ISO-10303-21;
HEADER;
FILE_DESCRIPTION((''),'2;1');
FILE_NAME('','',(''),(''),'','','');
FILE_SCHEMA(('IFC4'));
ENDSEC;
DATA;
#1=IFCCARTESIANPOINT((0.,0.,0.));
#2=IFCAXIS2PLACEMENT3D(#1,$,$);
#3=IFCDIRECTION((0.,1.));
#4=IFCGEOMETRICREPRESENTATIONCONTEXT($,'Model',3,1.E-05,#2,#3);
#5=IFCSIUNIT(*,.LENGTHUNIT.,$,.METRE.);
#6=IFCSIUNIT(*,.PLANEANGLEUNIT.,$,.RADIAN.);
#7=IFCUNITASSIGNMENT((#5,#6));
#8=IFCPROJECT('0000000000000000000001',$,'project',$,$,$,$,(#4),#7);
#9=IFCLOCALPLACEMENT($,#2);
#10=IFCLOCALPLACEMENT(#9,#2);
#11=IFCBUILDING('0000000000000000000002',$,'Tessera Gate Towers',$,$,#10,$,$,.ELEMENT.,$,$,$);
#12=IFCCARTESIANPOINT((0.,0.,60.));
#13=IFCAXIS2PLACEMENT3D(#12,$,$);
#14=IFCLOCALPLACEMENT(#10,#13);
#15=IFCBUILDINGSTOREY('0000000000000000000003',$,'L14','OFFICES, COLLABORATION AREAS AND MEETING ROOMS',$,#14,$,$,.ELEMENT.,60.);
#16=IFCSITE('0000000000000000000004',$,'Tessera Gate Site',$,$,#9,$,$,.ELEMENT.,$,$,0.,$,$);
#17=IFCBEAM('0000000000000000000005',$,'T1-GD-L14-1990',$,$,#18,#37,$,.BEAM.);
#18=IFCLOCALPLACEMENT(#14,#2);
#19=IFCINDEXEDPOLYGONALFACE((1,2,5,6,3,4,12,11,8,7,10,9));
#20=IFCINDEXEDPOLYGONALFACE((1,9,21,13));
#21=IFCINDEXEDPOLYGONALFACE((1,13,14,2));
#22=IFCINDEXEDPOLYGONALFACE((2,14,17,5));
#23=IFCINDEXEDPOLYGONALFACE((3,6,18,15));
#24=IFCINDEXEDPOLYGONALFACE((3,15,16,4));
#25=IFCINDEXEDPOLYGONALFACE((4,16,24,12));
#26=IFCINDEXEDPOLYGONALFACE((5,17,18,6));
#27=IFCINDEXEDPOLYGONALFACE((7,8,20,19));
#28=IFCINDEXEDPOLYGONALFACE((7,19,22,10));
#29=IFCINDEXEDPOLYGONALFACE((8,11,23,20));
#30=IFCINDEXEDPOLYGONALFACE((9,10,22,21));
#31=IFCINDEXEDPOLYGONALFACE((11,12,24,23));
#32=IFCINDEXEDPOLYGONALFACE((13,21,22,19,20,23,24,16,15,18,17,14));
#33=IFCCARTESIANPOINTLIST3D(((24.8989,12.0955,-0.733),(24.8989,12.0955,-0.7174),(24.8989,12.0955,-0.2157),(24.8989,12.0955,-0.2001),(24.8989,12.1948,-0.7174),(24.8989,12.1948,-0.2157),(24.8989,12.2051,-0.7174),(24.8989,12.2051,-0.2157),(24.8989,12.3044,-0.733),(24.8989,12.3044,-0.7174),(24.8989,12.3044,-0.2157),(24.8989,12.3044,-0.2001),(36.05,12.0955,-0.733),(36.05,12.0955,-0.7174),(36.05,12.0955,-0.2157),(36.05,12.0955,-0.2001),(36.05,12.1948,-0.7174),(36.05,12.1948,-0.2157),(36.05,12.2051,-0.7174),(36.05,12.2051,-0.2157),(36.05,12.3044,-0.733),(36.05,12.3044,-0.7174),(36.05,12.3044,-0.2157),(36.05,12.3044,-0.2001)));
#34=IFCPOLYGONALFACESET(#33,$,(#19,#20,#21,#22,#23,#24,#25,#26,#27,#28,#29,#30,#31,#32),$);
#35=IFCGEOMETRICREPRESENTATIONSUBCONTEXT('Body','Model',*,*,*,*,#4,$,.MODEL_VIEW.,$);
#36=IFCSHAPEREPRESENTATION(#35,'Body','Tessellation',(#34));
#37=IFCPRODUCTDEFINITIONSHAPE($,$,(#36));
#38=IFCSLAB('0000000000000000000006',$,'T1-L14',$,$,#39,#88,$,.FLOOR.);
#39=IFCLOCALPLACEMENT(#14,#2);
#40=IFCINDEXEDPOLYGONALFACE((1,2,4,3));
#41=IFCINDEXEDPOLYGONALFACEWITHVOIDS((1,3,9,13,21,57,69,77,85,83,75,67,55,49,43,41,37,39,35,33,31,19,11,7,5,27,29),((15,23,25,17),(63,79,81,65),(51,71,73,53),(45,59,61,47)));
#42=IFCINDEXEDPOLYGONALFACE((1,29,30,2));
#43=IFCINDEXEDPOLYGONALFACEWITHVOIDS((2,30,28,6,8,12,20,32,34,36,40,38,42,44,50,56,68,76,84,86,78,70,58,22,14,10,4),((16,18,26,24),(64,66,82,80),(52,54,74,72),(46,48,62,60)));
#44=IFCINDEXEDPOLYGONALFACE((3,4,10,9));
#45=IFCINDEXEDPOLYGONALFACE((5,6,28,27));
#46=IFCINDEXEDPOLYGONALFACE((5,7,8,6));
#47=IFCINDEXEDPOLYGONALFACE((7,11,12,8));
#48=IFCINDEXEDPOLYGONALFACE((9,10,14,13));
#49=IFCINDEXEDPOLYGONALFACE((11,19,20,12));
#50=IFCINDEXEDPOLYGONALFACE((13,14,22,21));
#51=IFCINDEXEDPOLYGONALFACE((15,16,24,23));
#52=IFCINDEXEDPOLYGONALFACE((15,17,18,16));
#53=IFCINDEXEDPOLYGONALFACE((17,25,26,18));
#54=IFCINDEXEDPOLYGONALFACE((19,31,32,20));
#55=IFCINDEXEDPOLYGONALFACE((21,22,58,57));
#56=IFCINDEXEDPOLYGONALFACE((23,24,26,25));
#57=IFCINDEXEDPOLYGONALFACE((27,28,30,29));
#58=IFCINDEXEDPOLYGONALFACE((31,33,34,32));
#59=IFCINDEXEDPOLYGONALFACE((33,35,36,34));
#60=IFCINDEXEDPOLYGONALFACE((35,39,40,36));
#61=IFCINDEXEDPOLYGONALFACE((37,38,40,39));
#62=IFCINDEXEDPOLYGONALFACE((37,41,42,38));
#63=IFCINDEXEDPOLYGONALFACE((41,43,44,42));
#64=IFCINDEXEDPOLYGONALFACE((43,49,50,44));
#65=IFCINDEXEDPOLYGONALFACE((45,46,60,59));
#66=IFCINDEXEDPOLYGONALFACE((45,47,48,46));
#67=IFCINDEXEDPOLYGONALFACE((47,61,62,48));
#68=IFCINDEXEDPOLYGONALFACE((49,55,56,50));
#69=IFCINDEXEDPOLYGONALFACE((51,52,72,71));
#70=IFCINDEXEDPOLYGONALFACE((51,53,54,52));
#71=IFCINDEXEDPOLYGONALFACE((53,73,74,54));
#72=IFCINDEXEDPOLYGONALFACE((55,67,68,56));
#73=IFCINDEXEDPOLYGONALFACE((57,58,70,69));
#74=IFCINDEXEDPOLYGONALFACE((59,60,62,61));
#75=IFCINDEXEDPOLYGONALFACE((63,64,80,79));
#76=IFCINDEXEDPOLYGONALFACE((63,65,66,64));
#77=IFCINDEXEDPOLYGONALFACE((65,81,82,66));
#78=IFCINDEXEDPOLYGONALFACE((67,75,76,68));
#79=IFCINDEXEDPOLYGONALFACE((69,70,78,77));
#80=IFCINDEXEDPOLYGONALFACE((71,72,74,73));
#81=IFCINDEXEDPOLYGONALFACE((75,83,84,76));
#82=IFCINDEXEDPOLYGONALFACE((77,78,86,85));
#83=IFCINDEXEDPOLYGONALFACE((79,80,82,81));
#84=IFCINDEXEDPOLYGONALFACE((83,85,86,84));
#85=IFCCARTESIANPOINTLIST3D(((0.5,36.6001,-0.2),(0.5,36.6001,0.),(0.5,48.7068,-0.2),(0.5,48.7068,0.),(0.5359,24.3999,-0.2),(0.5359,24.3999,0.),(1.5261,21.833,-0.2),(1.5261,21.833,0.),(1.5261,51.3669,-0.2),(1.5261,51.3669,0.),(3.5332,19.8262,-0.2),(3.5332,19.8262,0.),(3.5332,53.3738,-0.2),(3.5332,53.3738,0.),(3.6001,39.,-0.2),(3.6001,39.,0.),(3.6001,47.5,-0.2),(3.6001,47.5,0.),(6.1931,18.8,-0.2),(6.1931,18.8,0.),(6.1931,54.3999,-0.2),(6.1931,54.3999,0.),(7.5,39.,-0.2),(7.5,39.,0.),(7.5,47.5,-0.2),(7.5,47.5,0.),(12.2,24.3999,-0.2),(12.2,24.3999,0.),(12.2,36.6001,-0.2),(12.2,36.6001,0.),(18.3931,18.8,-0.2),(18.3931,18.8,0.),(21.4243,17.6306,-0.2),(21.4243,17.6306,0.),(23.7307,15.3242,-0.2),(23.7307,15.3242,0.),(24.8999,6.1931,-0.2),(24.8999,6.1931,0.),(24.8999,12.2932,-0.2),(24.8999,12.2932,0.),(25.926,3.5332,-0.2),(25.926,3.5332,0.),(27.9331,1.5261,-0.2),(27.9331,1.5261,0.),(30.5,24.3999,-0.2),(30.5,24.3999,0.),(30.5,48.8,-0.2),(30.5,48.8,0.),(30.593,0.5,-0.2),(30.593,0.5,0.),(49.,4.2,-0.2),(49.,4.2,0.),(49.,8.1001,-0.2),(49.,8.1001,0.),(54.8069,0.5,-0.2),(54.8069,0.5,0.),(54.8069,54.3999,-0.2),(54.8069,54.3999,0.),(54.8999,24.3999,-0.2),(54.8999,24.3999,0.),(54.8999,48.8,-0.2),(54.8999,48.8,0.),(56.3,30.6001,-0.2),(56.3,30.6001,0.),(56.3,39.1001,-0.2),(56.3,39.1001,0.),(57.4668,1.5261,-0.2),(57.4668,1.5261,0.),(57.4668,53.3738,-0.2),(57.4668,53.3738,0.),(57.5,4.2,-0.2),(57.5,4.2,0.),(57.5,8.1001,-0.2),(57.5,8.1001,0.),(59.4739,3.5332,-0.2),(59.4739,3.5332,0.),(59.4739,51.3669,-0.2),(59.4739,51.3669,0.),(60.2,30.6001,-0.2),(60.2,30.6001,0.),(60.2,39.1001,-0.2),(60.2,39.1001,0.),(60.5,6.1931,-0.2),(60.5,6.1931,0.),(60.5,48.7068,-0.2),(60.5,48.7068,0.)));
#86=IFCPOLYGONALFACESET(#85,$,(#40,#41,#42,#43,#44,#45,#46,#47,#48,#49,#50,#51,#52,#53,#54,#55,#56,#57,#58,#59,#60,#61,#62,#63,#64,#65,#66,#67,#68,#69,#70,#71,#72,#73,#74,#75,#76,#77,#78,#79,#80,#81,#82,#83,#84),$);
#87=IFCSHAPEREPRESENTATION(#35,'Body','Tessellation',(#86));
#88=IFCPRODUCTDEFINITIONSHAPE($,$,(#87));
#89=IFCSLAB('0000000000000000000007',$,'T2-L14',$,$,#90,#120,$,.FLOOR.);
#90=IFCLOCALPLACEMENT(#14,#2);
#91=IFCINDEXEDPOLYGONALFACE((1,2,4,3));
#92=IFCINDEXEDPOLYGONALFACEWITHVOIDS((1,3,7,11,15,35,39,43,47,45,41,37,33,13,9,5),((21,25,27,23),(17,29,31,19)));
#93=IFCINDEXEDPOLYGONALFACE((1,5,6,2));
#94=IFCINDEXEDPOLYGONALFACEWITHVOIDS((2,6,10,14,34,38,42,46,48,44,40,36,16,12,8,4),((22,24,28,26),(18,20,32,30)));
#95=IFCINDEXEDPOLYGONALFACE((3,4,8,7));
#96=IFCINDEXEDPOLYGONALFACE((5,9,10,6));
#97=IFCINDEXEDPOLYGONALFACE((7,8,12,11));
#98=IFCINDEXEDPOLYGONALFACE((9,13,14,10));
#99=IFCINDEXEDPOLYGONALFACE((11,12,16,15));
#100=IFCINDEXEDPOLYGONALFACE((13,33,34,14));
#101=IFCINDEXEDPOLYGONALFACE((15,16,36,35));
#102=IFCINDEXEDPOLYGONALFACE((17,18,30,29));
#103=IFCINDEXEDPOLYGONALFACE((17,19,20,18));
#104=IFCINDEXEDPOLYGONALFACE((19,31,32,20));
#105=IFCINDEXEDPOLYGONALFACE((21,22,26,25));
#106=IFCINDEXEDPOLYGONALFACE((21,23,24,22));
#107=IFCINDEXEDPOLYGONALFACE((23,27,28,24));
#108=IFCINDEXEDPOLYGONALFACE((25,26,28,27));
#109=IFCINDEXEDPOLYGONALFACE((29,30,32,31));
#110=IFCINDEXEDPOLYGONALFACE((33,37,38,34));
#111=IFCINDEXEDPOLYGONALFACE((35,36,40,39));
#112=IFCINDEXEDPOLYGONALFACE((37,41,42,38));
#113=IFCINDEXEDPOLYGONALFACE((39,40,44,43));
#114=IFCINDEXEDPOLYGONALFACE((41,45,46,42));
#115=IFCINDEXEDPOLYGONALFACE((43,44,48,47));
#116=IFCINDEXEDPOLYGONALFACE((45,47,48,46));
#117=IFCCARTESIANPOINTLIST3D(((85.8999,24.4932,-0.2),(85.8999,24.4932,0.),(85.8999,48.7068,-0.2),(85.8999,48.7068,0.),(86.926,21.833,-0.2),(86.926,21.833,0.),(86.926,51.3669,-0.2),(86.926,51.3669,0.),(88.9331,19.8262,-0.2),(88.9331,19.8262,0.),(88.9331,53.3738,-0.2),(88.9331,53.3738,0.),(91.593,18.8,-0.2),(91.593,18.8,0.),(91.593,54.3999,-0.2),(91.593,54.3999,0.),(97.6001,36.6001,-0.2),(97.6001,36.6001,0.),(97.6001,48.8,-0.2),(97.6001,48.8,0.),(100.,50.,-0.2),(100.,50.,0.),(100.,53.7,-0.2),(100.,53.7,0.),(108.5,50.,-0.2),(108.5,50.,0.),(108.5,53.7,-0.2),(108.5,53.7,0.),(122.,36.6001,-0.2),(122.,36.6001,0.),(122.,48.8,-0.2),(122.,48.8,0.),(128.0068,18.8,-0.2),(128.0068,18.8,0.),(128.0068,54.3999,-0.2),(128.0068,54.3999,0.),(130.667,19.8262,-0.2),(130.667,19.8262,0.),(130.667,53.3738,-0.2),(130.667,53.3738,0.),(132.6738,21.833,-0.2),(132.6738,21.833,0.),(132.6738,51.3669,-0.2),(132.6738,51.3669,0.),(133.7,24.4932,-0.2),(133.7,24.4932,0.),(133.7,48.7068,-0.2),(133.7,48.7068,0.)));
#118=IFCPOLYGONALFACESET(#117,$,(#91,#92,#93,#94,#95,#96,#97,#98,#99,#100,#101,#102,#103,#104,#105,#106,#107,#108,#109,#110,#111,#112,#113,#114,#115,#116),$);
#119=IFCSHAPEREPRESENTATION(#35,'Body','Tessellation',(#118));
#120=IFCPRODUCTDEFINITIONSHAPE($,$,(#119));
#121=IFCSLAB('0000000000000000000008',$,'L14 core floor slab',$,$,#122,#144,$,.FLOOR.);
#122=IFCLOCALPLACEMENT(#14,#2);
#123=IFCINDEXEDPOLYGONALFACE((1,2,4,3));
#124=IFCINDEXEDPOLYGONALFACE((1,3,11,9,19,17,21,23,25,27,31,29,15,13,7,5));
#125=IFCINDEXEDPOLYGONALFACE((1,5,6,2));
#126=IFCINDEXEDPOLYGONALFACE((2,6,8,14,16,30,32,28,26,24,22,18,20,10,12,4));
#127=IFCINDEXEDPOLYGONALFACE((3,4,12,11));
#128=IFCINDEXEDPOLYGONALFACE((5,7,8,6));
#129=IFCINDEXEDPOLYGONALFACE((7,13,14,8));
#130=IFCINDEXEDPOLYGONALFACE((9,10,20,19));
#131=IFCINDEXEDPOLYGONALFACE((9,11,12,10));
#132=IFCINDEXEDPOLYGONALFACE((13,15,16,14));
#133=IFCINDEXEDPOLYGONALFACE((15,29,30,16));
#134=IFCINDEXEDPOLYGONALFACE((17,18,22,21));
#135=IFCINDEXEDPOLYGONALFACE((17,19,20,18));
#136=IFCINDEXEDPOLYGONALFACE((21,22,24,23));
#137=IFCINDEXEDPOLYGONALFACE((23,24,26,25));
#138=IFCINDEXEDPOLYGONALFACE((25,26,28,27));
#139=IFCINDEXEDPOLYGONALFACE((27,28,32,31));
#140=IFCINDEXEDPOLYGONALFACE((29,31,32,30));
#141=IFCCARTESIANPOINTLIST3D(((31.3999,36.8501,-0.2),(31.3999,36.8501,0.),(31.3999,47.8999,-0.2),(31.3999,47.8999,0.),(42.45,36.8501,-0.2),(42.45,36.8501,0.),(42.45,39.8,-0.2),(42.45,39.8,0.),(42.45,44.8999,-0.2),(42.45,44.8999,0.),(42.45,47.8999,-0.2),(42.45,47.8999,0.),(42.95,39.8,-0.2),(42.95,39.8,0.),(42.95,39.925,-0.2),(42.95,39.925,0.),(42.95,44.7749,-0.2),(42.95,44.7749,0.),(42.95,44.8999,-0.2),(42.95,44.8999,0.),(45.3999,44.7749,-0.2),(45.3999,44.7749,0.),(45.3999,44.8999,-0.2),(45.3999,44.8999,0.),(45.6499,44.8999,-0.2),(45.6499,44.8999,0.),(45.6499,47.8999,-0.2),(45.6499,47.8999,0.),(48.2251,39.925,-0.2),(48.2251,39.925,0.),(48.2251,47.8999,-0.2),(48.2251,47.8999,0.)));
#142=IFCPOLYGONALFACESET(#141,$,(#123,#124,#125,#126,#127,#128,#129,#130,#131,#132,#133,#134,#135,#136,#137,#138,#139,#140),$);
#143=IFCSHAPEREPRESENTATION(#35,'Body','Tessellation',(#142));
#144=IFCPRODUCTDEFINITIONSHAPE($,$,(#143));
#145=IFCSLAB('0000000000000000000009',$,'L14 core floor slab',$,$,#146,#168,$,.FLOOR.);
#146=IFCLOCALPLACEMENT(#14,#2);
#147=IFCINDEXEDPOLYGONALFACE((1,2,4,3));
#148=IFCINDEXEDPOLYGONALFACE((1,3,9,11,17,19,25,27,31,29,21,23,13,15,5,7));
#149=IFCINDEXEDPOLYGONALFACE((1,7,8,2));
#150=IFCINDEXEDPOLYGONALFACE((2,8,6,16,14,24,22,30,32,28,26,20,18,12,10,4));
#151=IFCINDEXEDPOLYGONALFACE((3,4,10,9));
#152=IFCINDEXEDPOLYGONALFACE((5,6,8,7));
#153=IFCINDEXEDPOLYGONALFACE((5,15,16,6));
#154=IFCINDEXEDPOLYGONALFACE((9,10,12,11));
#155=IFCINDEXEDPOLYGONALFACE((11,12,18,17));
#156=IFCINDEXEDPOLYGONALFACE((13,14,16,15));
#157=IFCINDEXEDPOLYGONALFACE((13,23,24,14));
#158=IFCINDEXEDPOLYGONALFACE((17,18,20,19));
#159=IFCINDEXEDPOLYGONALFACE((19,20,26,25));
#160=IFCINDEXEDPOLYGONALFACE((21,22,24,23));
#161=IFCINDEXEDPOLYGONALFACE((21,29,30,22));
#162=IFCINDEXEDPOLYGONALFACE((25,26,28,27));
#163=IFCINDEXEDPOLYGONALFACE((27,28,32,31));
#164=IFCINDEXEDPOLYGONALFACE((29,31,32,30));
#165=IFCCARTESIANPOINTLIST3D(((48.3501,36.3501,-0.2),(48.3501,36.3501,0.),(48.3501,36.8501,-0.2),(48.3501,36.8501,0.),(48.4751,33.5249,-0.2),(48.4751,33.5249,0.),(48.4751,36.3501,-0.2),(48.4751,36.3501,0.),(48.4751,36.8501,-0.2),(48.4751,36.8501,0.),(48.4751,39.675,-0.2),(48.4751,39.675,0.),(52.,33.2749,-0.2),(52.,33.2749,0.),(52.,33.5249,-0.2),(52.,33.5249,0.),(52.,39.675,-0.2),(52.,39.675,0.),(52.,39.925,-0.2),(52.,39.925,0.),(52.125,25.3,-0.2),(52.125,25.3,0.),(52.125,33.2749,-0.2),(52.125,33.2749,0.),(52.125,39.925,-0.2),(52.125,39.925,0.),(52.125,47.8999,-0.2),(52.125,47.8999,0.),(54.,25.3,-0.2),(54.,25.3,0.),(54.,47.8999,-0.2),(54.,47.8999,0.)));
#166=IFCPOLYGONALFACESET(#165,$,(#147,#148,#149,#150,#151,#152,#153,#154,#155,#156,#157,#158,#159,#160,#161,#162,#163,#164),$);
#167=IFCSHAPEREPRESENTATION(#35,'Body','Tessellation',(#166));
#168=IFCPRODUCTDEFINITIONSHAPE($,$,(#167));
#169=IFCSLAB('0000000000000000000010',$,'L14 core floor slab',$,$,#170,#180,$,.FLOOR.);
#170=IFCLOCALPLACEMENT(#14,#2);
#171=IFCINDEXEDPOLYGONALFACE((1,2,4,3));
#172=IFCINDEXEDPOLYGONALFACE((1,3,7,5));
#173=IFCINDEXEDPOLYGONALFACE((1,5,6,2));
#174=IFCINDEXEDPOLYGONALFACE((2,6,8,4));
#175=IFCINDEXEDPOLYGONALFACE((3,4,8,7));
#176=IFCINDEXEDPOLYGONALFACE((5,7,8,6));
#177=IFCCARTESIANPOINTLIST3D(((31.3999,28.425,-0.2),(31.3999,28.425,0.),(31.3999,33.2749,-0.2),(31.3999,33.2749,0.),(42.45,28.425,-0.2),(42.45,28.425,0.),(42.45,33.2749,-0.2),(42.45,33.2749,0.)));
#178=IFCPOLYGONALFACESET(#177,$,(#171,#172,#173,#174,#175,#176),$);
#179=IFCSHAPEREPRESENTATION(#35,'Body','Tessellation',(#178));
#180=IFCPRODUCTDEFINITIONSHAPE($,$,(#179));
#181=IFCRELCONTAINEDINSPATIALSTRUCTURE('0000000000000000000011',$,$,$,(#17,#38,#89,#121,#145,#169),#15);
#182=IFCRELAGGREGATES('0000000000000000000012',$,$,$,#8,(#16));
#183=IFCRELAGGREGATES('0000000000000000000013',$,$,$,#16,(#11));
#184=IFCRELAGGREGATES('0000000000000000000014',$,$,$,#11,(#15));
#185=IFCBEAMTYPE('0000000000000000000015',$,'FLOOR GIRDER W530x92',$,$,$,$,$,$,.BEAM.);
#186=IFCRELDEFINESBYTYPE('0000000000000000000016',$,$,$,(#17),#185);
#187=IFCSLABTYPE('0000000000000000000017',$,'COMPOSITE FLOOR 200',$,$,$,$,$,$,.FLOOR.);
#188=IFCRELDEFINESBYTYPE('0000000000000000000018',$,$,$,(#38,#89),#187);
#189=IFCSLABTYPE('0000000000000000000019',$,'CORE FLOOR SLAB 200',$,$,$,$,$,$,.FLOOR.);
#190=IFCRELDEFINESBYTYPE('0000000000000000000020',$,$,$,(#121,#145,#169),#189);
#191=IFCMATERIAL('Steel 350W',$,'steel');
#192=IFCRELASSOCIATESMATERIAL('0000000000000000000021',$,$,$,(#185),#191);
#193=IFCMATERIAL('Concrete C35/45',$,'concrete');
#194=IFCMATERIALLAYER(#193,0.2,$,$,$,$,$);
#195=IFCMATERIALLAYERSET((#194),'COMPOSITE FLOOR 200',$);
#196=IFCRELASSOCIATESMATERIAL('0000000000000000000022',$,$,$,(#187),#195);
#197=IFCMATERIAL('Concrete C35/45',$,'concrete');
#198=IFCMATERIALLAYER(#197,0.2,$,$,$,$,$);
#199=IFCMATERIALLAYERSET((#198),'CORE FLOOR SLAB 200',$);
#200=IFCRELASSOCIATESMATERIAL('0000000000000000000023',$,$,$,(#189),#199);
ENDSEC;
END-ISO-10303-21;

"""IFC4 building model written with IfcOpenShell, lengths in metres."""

from ifc_helpers import new_model, si_unit, direction, frame, origin, origin_2d, place, context, subcontext, project, spatial, polyline, i_section, outline, extrude, material, layer, layer_set, material_profile, profile_set, type_object, element, save


model = new_model("IFC4")

# Units and contexts
model_context = context("Model", 3, precision=1e-05, world=origin(), true_north=direction((0.0, 1.0)))
body_context = subcontext(model_context, "Body", "Model", "MODEL_VIEW")
ifc_project = project(units=[si_unit("LENGTHUNIT", "METRE"), si_unit("PLANEANGLEUNIT", "RADIAN")], contexts=[model_context])

# Site, building, storey
site_placement = place(None, origin())
site = spatial("IfcSite", under=ifc_project, at=site_placement, Name="Tessera Gate Site", CompositionType="ELEMENT", RefElevation=0.0)
building_placement = place(site_placement, origin())
building = spatial("IfcBuilding", under=site, at=building_placement, Name="Tessera Gate Towers", CompositionType="ELEMENT")
storey_placement = place(building_placement, frame((0.0, 0.0, 60.0)))
storey = spatial("IfcBuildingStorey", under=building, at=storey_placement, Name="L14", Description="OFFICES, COLLABORATION AREAS AND MEETING ROOMS", CompositionType="ELEMENT", Elevation=60.0)

# Beam
ifc_material_1 = material(Name="Steel 350W", Category="steel")
ifc_material_profile = material_profile(ifc_material_1, i_section(OverallWidth=0.209, OverallDepth=0.533, WebThickness=0.0103, FlangeThickness=0.0156, at=origin_2d()), Name="W530x92")
ifc_profile_set = profile_set([ifc_material_profile], Name="Steel 350W")
beam_type = type_object("IfcBeamType", Name="FLOOR GIRDER W530x92", PredefinedType="BEAM", material=ifc_profile_set)
beam_placement = place(storey_placement, frame((24.8989, 12.2, -0.4666), z_axis=(1.0, 0.0, 0.0), x_axis=(0.0, 1.0, 0.0)))
element("IfcBeam", 1, at=beam_placement, inside=storey, type_object=beam_type, Name="T1-GD-L14-1990", PredefinedType="BEAM", context=body_context, shape_type="SweptSolid", body=[
    extrude(i_section(OverallWidth=0.209, OverallDepth=0.533, WebThickness=0.0103, FlangeThickness=0.0156, at=origin_2d()), origin(), (0.0, 0.0, 1.0), 11.1511),
])

# Slabs
ifc_material_2 = material(Name="Concrete C35/45", Category="concrete")
ifc_layer_1 = layer(ifc_material_2, 0.2)
ifc_layer_set_1 = layer_set([ifc_layer_1], Name="COMPOSITE FLOOR 200")
slab_type_1 = type_object("IfcSlabType", Name="COMPOSITE FLOOR 200", PredefinedType="FLOOR", material=ifc_layer_set_1)
slab_1_placement = place(storey_placement, frame((0.0, 0.0, -0.2)))
element("IfcSlab", 2, at=slab_1_placement, inside=storey, type_object=slab_type_1, Name="T1-L14", PredefinedType="FLOOR", context=body_context, shape_type="SweptSolid", body=[
    extrude(outline(polyline([(0.5, 36.6001), (12.2, 36.6001), (12.2, 24.3999), (0.5359, 24.3999), (1.5261, 21.833), (3.5332, 19.8262), (6.1931, 18.8), (18.3931, 18.8), (21.4243, 17.6306), (23.7307, 15.3242), (24.8999, 12.2932), (24.8999, 6.1931), (25.926, 3.5332), (27.9331, 1.5261), (30.593, 0.5), (54.8069, 0.5), (57.4668, 1.5261), (59.4739, 3.5332), (60.5, 6.1931), (60.5, 48.7068), (59.4739, 51.3669), (57.4668, 53.3738), (54.8069, 54.3999), (6.1931, 54.3999), (3.5332, 53.3738), (1.5261, 51.3669), (0.5, 48.7068), (0.5, 36.6001)]), holes=[polyline([(3.6001, 39.0), (3.6001, 47.5), (7.5, 47.5), (7.5, 39.0), (3.6001, 39.0)]), polyline([(30.5, 24.3999), (30.5, 48.8), (54.8999, 48.8), (54.8999, 24.3999), (30.5, 24.3999)]), polyline([(49.0, 4.2), (49.0, 8.1001), (57.5, 8.1001), (57.5, 4.2), (49.0, 4.2)]), polyline([(56.3, 30.6001), (56.3, 39.1001), (60.2, 39.1001), (60.2, 30.6001), (56.3, 30.6001)])]), origin(), (0.0, 0.0, 1.0), 0.2),
])
slab_2_placement = place(storey_placement, frame((0.0, 0.0, -0.2)))
element("IfcSlab", 3, at=slab_2_placement, inside=storey, type_object=slab_type_1, Name="T2-L14", PredefinedType="FLOOR", context=body_context, shape_type="SweptSolid", body=[
    extrude(outline(polyline([(85.8999, 24.4932), (86.926, 21.833), (88.9331, 19.8262), (91.593, 18.8), (128.0068, 18.8), (130.667, 19.8262), (132.6738, 21.833), (133.7, 24.4932), (133.7, 48.7068), (132.6738, 51.3669), (130.667, 53.3738), (128.0068, 54.3999), (91.593, 54.3999), (88.9331, 53.3738), (86.926, 51.3669), (85.8999, 48.7068), (85.8999, 24.4932)]), holes=[polyline([(97.6001, 36.6001), (97.6001, 48.8), (122.0, 48.8), (122.0, 36.6001), (97.6001, 36.6001)]), polyline([(100.0, 50.0), (100.0, 53.7), (108.5, 53.7), (108.5, 50.0), (100.0, 50.0)])]), origin(), (0.0, 0.0, 1.0), 0.2),
])
ifc_material_3 = material(Name="Concrete C35/45", Category="concrete")
ifc_layer_2 = layer(ifc_material_3, 0.2)
ifc_layer_set_2 = layer_set([ifc_layer_2], Name="CORE FLOOR SLAB 200")
slab_type_2 = type_object("IfcSlabType", Name="CORE FLOOR SLAB 200", PredefinedType="FLOOR", material=ifc_layer_set_2)
slab_3_placement = place(storey_placement, frame((0.0, 0.0, -0.2)))
element("IfcSlab", 4, at=slab_3_placement, inside=storey, type_object=slab_type_2, Name="L14 core floor slab", PredefinedType="FLOOR", context=body_context, shape_type="SweptSolid", body=[
    extrude(outline(polyline([(31.3999, 47.8999), (31.3999, 36.8501), (42.45, 36.8501), (42.45, 39.8), (42.95, 39.8), (42.95, 39.925), (48.2251, 39.925), (48.2251, 47.8999), (45.6499, 47.8999), (45.6499, 44.8999), (45.3999, 44.8999), (45.3999, 44.7749), (42.95, 44.7749), (42.95, 44.8999), (42.45, 44.8999), (42.45, 47.8999), (31.3999, 47.8999)])), origin(), (0.0, 0.0, 1.0), 0.2),
])
slab_4_placement = place(storey_placement, frame((0.0, 0.0, -0.2)))
element("IfcSlab", 5, at=slab_4_placement, inside=storey, type_object=slab_type_2, Name="L14 core floor slab", PredefinedType="FLOOR", context=body_context, shape_type="SweptSolid", body=[
    extrude(outline(polyline([(48.3501, 36.8501), (48.3501, 36.3501), (48.4751, 36.3501), (48.4751, 33.5249), (52.0, 33.5249), (52.0, 33.2749), (52.125, 33.2749), (52.125, 25.3), (54.0, 25.3), (54.0, 47.8999), (52.125, 47.8999), (52.125, 39.925), (52.0, 39.925), (52.0, 39.675), (48.4751, 39.675), (48.4751, 36.8501), (48.3501, 36.8501)])), origin(), (0.0, 0.0, 1.0), 0.2),
])
slab_5_placement = place(storey_placement, frame((0.0, 0.0, -0.2)))
element("IfcSlab", 6, at=slab_5_placement, inside=storey, type_object=slab_type_2, Name="L14 core floor slab", PredefinedType="FLOOR", context=body_context, shape_type="SweptSolid", body=[
    extrude(outline(polyline([(42.45, 28.425), (42.45, 33.2749), (31.3999, 33.2749), (31.3999, 28.425), (42.45, 28.425)])), origin(), (0.0, 0.0, 1.0), 0.2),
])

save(model, "model.ifc")
